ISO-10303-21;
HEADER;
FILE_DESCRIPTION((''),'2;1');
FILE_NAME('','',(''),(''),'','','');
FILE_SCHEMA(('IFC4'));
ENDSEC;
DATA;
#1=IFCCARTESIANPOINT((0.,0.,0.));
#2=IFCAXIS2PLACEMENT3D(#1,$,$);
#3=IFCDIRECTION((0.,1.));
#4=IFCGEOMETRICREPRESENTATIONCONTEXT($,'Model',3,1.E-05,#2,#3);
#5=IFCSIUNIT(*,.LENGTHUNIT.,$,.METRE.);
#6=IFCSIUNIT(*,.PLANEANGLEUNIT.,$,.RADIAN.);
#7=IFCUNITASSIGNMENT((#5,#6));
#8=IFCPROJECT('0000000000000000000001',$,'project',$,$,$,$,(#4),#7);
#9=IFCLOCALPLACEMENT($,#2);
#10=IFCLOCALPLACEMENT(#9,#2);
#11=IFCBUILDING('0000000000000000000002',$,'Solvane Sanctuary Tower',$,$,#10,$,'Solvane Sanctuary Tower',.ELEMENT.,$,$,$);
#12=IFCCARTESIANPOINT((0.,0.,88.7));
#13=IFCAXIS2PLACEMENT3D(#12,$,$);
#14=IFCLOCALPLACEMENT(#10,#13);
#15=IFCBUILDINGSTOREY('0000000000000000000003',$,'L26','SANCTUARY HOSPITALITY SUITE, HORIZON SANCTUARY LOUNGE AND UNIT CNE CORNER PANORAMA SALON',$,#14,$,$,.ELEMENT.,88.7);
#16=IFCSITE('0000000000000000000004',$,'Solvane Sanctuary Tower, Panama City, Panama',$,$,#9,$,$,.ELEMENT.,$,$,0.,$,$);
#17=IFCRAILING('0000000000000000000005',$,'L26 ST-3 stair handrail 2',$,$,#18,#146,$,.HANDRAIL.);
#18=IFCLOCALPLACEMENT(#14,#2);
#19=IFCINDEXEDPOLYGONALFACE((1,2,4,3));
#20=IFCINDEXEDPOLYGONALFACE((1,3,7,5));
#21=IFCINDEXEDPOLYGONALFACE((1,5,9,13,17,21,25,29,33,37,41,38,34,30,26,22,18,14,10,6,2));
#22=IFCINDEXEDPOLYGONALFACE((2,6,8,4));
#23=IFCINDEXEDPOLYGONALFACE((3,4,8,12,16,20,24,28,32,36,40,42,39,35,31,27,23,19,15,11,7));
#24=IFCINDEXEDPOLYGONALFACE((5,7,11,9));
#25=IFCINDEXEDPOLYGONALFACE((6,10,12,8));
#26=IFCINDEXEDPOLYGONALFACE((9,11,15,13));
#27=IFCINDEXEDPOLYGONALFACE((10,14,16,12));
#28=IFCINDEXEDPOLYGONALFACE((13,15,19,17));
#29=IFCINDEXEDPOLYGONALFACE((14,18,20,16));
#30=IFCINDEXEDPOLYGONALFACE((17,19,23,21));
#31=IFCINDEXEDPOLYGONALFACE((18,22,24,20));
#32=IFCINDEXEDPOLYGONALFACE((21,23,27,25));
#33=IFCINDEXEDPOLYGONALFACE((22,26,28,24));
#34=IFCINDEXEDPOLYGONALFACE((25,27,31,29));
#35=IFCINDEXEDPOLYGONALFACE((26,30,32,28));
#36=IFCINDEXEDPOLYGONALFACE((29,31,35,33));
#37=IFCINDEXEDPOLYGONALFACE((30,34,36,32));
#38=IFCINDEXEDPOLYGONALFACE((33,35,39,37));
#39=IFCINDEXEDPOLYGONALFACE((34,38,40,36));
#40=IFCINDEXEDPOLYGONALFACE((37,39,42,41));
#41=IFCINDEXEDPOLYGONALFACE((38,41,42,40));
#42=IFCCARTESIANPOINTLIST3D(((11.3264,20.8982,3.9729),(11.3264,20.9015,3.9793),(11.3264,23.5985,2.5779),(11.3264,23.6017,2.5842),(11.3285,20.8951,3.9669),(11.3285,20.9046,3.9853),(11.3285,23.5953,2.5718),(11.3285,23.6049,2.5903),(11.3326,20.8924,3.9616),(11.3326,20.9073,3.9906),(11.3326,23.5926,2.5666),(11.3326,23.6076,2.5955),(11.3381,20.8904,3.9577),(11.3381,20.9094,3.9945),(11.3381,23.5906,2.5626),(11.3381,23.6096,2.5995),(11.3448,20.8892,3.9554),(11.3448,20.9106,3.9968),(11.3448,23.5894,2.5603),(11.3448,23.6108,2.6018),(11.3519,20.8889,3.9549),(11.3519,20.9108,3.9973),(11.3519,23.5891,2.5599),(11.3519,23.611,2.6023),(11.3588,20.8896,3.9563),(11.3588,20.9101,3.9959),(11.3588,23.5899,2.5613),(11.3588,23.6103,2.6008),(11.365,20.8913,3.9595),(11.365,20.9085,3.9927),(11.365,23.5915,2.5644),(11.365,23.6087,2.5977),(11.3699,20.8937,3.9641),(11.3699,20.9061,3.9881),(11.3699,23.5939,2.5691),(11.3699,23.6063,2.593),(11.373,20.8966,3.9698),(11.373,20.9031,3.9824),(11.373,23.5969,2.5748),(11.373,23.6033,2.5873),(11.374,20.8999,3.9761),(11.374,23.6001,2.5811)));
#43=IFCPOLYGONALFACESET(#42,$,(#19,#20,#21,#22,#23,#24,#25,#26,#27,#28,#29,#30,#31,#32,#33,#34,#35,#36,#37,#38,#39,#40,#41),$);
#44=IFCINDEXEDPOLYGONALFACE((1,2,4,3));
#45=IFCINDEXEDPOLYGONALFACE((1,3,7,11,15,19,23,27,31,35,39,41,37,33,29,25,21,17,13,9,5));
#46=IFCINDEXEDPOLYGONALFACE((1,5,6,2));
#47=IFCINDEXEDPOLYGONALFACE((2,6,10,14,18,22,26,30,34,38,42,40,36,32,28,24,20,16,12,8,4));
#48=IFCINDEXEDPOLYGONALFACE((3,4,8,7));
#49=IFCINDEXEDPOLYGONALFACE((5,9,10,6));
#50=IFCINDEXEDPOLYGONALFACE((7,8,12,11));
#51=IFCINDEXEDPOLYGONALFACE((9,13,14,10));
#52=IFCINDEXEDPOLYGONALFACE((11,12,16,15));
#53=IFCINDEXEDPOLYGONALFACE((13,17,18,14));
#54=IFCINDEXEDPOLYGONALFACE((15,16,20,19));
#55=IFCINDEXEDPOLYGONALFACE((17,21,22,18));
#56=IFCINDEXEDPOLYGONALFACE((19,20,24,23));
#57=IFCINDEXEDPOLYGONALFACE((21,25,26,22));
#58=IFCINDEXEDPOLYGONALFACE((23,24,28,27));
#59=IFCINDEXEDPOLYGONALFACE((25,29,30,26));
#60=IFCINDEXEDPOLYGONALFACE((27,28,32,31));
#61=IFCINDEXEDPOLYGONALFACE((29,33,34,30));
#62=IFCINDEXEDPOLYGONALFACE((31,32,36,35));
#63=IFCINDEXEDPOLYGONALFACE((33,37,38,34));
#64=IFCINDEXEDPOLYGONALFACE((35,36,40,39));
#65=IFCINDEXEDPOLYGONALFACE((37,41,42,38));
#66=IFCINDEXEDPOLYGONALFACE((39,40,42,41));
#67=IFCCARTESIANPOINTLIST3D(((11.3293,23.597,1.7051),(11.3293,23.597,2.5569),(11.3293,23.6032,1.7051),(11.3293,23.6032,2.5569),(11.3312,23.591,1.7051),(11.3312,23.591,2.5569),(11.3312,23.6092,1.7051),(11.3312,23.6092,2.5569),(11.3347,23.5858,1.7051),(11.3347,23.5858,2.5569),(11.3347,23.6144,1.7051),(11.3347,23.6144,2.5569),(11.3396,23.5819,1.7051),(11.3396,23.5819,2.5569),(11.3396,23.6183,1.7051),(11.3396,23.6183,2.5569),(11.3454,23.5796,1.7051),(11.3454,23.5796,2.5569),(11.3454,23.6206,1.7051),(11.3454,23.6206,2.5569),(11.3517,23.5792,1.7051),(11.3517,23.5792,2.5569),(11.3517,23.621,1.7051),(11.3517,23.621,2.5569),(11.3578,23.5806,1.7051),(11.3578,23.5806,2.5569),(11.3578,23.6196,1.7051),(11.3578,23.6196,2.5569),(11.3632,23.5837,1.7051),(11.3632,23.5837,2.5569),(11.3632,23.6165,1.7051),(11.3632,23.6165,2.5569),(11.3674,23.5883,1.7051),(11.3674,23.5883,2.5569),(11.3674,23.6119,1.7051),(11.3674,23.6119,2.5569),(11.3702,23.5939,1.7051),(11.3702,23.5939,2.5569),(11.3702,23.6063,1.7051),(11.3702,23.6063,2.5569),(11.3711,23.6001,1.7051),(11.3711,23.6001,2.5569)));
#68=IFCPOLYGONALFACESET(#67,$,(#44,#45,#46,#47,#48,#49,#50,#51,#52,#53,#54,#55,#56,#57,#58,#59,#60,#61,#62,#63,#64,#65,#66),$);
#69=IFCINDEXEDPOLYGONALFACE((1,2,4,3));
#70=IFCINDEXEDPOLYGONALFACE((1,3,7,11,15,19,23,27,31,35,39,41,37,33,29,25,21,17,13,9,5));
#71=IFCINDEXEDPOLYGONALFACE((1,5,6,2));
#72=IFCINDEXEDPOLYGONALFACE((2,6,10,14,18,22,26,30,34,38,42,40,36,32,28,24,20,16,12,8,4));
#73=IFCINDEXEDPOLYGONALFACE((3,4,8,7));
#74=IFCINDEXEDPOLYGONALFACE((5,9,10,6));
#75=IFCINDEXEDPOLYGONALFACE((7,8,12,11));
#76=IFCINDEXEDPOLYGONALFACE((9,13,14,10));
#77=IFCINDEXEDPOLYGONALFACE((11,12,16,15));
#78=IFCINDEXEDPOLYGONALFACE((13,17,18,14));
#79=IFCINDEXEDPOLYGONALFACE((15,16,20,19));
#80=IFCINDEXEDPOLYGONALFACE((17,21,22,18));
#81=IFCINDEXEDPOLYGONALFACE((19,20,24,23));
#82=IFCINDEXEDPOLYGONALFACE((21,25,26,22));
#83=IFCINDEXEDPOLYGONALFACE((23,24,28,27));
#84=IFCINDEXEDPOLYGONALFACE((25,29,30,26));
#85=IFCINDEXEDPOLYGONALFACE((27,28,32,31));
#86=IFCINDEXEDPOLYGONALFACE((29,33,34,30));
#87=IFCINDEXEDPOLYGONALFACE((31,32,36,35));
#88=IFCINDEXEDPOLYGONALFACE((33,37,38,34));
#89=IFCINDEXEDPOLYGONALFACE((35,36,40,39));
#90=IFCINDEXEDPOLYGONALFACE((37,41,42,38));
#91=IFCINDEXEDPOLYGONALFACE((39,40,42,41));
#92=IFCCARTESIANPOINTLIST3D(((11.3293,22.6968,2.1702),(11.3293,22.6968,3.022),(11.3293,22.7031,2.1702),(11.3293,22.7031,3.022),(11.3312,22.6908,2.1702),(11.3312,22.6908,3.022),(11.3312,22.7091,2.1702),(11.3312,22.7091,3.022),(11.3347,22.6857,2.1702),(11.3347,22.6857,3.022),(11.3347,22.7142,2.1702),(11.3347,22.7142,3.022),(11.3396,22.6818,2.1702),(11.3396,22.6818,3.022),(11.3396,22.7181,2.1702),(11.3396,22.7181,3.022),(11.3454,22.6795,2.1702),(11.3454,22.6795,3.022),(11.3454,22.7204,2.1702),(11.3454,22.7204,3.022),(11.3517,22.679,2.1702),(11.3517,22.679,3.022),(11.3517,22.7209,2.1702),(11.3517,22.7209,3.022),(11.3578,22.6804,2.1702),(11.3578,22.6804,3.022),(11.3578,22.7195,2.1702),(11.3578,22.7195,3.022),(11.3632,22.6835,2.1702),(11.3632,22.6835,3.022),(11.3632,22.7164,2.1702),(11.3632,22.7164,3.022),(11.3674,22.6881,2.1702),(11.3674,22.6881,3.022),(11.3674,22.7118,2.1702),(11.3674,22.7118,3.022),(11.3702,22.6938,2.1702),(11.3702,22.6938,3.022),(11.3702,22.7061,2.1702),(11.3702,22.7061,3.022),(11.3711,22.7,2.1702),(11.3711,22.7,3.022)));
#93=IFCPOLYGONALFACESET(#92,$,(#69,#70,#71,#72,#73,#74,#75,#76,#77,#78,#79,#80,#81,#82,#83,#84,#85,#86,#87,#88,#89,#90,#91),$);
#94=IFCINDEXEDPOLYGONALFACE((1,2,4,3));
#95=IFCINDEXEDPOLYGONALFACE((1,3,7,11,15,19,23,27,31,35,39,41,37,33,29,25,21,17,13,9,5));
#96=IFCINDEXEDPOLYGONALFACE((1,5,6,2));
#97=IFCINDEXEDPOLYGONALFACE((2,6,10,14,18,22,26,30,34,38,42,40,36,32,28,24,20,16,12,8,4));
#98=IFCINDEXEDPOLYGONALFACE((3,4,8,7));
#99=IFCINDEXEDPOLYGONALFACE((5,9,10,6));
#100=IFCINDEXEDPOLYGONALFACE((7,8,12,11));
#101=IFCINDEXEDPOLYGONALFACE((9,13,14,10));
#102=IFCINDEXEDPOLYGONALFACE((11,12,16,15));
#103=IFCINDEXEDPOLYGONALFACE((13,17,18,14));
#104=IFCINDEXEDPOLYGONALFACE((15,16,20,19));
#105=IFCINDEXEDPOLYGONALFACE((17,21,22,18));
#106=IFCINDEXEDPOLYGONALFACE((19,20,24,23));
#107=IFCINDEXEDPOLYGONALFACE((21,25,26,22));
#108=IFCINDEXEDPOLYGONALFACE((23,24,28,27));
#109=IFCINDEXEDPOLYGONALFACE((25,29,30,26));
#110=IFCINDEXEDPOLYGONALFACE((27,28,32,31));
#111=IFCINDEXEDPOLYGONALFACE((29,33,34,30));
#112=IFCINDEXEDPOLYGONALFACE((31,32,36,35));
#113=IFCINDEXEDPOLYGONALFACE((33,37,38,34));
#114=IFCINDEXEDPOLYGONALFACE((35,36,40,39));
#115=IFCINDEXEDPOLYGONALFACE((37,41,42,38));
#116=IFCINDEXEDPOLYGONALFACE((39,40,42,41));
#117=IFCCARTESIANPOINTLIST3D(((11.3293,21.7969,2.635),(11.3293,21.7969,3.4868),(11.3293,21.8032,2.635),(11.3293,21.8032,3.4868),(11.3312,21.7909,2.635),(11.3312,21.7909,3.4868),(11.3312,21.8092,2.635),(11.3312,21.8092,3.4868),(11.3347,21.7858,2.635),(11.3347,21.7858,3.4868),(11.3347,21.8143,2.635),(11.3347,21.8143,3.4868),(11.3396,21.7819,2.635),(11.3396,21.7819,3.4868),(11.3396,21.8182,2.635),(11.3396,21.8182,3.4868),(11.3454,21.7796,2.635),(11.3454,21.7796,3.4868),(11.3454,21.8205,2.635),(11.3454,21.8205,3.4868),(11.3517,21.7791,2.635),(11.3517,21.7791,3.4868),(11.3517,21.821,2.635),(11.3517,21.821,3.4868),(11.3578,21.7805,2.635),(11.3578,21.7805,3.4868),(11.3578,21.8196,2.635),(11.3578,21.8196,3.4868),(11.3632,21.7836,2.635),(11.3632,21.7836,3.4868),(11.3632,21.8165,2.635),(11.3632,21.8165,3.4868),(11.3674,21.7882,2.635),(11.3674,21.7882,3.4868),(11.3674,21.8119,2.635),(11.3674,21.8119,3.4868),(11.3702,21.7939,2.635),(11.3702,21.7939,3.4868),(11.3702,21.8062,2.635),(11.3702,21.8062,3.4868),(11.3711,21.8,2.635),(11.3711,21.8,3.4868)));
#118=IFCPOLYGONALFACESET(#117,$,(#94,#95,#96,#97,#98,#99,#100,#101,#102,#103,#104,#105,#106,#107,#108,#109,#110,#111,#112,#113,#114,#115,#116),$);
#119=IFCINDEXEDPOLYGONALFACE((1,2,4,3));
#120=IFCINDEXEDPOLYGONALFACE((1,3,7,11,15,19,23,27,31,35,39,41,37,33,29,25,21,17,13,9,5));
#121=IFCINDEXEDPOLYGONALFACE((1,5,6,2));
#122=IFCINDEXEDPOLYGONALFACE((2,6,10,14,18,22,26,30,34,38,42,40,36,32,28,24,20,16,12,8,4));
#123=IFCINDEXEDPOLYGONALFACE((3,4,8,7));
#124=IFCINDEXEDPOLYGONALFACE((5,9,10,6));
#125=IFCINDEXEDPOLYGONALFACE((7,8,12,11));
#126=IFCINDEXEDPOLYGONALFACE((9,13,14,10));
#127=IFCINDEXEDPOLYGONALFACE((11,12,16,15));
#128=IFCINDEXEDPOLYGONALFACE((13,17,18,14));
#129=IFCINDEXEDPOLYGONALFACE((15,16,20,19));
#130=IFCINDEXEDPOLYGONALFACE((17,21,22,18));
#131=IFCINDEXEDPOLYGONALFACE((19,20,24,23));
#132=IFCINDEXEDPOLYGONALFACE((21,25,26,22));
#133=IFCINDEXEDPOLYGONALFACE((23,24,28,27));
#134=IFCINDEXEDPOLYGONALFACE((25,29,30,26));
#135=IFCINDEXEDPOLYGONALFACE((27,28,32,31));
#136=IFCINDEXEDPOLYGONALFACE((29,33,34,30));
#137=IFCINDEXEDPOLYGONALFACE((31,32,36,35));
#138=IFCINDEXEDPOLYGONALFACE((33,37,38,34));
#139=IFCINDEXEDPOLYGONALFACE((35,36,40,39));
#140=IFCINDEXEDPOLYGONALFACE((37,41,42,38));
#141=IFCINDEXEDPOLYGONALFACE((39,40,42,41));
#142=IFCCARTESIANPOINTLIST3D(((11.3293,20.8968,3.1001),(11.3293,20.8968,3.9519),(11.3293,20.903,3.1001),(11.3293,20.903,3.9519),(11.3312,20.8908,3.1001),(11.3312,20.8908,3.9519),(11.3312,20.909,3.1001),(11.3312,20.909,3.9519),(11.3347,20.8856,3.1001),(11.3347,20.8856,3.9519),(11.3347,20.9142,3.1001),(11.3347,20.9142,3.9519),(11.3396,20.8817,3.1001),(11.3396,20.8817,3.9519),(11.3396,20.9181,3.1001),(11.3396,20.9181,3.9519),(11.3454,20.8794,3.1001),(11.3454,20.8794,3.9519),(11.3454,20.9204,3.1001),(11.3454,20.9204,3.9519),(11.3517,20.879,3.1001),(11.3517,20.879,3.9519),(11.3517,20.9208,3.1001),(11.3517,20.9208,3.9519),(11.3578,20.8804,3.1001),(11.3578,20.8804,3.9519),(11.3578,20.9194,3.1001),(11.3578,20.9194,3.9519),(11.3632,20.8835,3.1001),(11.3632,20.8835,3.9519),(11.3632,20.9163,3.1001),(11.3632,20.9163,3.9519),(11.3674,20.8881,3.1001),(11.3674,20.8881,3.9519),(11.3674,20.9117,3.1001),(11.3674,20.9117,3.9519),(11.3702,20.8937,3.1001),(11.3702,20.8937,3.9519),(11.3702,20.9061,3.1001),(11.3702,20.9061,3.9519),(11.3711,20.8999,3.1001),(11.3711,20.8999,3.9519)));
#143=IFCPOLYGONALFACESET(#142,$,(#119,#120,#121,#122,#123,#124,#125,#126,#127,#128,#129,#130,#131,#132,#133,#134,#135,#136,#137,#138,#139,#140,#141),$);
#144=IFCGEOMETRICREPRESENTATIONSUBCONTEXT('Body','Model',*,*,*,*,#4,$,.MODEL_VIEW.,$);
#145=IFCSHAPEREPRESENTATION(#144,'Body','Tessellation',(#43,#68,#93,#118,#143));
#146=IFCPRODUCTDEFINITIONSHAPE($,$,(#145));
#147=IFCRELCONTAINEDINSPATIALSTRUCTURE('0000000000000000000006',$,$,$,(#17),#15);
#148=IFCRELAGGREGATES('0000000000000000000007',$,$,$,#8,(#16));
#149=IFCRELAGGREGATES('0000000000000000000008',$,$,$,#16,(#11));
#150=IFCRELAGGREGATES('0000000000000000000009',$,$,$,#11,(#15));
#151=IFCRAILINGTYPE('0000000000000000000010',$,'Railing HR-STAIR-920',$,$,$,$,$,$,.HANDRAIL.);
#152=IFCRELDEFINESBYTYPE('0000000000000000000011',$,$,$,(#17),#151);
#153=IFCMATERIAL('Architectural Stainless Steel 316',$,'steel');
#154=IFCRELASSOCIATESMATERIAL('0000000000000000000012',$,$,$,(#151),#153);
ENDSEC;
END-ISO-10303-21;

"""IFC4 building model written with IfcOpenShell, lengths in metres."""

from ifc_helpers import new_model, si_unit, direction, frame, origin, origin_2d, place, context, subcontext, project, spatial, circle, extrude, material, type_object, element, save


model = new_model("IFC4")

# Units and contexts
model_context = context("Model", 3, precision=1e-05, world=origin(), true_north=direction((0.0, 1.0)))
body_context = subcontext(model_context, "Body", "Model", "MODEL_VIEW")
ifc_project = project(units=[si_unit("LENGTHUNIT", "METRE"), si_unit("PLANEANGLEUNIT", "RADIAN")], contexts=[model_context])

# Site, building, storey
site_placement = place(None, origin())
site = spatial("IfcSite", under=ifc_project, at=site_placement, Name="Solvane Sanctuary Tower, Panama City, Panama", CompositionType="ELEMENT", RefElevation=0.0)
building_placement = place(site_placement, origin())
building = spatial("IfcBuilding", under=site, at=building_placement, Name="Solvane Sanctuary Tower", LongName="Solvane Sanctuary Tower", CompositionType="ELEMENT")
storey_placement = place(building_placement, frame((0.0, 0.0, 88.7)))
storey = spatial("IfcBuildingStorey", under=building, at=storey_placement, Name="L26", Description="SANCTUARY HOSPITALITY SUITE, HORIZON SANCTUARY LOUNGE AND UNIT CNE CORNER PANORAMA SALON", CompositionType="ELEMENT", Elevation=88.7)

# Shared definitions
ifc_material_1 = material(Name="Architectural Stainless Steel 316", Category="steel")

# Railing
railing_type_1 = type_object("IfcRailingType", Name="Railing HR-STAIR-920", PredefinedType="HANDRAIL", material=ifc_material_1)
railing_1_placement = place(storey_placement, frame((11.3501, 23.6001, 1.7051)))
element("IfcRailing", 1, at=railing_1_placement, inside=storey, type_object=railing_type_1, Name="L26 ST-3 stair handrail 2", PredefinedType="HANDRAIL", context=body_context, shape_type="SweptSolid", body=[
    extrude(circle(Radius=0.0239, at=origin_2d()), frame((0.0, 0.0, 0.876), z_axis=(0.0, -0.888437, 0.458999), x_axis=(1.0, 0.0, 0.0)), (0.0, 0.0, 1.0), 3.0393),
    extrude(circle(Radius=0.021, at=origin_2d()), origin(), (0.0, 0.0, 1.0), 0.8518),
    extrude(circle(Radius=0.021, at=origin_2d()), frame((0.0, -0.9001, 0.4651)), (0.0, 0.0, 1.0), 0.8518),
    extrude(circle(Radius=0.021, at=origin_2d()), frame((0.0, -1.8, 0.9299)), (0.0, 0.0, 1.0), 0.8518),
    extrude(circle(Radius=0.021, at=origin_2d()), frame((0.0, -2.7002, 1.395)), (0.0, 0.0, 1.0), 0.8518),
])

save(model, "model.ifc")
